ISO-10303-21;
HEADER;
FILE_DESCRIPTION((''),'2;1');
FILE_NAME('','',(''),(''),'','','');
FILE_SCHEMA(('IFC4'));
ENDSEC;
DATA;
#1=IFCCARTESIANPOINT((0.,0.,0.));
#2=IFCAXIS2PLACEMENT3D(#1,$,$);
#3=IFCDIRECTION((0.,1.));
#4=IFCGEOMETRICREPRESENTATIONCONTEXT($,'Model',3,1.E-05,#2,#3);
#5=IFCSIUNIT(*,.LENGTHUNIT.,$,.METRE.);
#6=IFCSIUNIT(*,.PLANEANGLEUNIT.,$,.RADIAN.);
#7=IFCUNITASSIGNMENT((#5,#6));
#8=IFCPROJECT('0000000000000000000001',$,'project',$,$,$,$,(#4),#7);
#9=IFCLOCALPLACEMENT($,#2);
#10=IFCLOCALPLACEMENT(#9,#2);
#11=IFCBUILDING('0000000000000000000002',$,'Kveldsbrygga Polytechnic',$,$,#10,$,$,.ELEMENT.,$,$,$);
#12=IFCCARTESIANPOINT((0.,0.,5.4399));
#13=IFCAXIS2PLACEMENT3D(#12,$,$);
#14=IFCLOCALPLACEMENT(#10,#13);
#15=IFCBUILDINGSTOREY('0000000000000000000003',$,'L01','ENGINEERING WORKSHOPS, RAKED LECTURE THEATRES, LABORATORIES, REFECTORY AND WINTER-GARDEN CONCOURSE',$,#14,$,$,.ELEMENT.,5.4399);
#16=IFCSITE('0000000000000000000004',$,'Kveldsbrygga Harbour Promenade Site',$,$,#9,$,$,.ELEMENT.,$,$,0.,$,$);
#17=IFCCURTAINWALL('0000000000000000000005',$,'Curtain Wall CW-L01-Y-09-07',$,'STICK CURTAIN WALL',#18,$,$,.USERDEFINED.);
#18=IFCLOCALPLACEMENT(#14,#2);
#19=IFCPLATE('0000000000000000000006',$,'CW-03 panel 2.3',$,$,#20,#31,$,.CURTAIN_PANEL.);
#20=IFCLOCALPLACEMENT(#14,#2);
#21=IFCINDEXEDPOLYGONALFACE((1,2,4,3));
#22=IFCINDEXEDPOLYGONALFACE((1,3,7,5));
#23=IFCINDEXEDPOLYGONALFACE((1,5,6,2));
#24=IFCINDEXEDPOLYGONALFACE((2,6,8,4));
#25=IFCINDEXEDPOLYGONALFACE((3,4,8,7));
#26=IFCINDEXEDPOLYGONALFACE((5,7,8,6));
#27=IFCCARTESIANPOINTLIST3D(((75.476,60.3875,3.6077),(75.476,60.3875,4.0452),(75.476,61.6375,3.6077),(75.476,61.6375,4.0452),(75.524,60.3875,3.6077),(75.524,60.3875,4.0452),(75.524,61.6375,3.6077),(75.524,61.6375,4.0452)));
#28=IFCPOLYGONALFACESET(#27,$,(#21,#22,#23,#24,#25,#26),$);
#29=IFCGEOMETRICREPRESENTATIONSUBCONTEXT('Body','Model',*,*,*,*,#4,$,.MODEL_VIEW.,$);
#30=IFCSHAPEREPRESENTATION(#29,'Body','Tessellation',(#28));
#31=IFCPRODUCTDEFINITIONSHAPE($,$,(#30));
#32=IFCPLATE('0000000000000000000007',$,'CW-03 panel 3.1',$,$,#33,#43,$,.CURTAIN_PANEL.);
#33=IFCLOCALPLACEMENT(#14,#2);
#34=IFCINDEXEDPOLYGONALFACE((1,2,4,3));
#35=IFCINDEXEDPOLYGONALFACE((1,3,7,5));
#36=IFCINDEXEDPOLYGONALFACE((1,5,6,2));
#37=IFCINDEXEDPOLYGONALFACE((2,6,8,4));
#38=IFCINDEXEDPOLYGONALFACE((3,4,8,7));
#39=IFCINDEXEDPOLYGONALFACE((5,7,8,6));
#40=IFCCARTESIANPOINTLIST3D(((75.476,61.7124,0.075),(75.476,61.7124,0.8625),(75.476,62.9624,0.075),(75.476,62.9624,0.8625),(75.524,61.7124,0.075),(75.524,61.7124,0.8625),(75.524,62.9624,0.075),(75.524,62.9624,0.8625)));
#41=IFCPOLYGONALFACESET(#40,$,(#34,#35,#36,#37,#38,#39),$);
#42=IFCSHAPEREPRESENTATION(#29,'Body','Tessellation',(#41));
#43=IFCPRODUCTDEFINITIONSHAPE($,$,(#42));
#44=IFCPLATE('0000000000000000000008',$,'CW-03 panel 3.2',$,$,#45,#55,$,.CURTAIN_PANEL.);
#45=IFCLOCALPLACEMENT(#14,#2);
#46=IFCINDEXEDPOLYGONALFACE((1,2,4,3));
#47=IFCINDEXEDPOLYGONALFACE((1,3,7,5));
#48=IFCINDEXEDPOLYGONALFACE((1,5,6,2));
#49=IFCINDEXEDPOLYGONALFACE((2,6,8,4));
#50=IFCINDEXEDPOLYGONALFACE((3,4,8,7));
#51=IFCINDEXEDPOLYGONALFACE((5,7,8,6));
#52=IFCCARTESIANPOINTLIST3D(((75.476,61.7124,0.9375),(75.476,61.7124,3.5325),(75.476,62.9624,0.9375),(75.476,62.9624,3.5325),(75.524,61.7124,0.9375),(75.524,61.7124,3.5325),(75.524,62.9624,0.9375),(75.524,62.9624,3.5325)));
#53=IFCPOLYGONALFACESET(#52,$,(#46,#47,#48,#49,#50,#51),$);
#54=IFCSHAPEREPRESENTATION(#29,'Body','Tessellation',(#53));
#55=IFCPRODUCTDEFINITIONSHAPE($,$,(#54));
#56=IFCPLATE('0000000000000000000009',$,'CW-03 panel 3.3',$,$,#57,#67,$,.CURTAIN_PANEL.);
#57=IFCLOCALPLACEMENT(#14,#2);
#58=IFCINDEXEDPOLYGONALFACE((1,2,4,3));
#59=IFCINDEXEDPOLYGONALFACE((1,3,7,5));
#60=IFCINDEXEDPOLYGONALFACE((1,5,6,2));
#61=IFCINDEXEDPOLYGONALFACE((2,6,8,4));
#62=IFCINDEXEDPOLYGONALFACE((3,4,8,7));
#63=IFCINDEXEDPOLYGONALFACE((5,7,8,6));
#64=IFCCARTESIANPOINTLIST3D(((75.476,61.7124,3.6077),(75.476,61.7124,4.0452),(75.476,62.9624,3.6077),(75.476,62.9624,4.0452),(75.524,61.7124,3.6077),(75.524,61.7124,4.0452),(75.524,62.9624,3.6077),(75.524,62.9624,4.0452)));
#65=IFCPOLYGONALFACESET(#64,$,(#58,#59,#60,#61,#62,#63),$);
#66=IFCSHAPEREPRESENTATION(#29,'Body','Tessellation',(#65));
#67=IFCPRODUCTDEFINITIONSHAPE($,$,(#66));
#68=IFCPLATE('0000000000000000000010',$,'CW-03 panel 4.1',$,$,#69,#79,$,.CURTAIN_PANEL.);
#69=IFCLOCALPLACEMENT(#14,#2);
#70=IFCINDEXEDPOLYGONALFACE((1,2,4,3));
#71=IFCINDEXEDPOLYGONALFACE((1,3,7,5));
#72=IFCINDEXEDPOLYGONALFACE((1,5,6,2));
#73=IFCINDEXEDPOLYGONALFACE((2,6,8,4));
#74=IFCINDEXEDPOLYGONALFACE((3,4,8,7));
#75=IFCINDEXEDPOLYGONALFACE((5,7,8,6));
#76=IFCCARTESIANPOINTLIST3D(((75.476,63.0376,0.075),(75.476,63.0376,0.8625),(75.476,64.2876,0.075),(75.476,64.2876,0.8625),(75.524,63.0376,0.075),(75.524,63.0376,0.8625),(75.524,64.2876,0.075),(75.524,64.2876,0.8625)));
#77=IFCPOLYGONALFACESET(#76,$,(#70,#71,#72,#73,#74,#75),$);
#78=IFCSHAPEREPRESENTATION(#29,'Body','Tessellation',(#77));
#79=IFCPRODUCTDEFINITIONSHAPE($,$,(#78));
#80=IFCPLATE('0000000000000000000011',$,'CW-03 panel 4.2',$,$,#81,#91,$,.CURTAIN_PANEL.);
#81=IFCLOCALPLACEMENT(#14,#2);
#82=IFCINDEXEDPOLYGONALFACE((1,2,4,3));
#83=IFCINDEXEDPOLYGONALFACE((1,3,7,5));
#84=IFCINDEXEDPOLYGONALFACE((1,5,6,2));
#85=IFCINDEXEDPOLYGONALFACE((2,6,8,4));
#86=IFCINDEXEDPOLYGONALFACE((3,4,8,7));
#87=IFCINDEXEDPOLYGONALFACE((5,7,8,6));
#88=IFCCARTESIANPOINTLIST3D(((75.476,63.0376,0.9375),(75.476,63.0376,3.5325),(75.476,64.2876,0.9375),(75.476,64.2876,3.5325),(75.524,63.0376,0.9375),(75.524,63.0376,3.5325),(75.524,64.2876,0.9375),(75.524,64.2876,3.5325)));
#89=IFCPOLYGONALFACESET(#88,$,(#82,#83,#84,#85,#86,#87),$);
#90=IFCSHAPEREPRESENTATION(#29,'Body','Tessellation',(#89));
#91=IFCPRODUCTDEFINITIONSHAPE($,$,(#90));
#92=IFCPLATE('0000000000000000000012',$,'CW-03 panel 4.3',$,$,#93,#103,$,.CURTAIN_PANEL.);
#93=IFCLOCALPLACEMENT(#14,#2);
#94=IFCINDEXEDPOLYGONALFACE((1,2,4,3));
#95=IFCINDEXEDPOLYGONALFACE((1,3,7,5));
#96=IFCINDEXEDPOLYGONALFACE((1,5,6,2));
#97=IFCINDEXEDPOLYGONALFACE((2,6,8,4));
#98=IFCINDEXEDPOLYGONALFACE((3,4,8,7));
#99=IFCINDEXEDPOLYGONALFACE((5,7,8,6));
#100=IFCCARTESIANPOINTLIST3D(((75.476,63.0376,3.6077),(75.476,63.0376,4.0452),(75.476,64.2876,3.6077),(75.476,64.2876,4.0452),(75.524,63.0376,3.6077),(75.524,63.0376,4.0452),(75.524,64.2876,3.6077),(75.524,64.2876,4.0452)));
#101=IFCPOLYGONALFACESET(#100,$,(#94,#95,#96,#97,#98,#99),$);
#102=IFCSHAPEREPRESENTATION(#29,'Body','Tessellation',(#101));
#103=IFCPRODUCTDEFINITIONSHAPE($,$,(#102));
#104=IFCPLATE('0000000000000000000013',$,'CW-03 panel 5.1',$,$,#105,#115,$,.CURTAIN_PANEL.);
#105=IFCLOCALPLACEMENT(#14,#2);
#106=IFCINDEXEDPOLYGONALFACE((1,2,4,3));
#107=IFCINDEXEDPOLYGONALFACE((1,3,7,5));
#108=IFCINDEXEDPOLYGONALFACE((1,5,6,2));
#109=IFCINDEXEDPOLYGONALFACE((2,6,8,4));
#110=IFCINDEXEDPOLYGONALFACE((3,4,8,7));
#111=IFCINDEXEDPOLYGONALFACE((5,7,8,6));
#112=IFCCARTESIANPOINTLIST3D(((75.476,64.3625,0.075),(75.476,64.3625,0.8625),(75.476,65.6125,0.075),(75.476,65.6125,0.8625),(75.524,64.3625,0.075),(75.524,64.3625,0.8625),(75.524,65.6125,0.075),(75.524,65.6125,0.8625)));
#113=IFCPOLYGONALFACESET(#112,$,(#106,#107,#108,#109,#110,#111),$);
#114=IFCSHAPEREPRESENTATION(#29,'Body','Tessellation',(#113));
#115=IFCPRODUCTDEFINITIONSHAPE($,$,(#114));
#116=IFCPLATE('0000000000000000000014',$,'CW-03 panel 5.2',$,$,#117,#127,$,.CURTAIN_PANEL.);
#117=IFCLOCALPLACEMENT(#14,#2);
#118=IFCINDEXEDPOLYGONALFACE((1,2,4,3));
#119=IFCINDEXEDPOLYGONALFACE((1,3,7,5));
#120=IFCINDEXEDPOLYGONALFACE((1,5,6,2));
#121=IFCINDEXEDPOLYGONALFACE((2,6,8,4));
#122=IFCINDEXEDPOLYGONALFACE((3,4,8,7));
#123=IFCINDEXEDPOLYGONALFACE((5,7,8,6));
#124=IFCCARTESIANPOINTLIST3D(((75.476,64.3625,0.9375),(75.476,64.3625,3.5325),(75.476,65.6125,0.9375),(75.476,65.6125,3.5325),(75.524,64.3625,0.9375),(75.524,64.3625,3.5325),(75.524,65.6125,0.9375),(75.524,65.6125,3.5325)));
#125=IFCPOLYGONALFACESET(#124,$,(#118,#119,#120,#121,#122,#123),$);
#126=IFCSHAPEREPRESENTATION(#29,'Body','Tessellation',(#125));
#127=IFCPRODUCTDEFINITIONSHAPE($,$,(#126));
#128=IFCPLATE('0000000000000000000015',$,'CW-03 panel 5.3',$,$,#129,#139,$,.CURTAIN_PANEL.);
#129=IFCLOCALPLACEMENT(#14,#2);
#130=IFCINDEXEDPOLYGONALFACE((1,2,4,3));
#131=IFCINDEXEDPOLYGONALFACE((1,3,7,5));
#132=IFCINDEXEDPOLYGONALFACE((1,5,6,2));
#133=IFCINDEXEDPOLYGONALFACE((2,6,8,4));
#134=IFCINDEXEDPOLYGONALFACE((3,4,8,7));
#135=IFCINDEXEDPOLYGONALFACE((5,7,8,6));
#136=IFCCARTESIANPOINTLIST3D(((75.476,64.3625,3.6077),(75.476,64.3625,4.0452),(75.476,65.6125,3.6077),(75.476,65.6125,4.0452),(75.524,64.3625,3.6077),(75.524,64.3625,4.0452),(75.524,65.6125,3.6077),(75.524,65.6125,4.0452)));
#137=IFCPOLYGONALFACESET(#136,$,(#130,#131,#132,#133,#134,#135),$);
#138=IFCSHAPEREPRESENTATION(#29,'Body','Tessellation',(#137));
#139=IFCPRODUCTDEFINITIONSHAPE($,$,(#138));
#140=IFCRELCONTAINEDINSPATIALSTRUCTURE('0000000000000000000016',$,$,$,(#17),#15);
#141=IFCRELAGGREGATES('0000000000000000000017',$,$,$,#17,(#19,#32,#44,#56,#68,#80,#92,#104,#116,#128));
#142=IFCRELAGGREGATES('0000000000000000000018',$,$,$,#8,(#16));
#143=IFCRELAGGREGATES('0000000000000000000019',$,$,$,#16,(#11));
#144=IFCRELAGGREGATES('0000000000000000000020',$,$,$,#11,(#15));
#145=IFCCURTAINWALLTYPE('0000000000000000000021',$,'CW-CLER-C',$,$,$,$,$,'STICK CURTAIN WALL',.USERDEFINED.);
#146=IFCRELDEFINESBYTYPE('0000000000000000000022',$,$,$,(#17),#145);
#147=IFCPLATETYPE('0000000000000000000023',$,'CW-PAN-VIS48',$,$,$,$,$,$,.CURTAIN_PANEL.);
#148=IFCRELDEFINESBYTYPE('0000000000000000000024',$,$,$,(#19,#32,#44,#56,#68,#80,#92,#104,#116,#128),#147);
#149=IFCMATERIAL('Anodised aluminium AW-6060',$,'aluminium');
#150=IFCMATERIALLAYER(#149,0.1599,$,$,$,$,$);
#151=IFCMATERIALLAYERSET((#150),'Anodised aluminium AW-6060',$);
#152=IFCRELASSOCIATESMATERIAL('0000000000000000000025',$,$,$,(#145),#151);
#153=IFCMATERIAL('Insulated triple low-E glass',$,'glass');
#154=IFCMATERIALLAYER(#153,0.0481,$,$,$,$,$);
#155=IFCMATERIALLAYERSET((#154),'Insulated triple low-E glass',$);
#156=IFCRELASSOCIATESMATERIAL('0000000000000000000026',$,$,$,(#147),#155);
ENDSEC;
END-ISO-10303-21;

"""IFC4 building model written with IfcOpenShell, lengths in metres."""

from ifc_helpers import new_model, si_unit, direction, frame, origin, origin_2d, place, context, subcontext, project, spatial, rectangle, extrude, material, layer, layer_set, type_object, element, aggregate, save


model = new_model("IFC4")

# Units and contexts
model_context = context("Model", 3, precision=1e-05, world=origin(), true_north=direction((0.0, 1.0)))
body_context = subcontext(model_context, "Body", "Model", "MODEL_VIEW")
ifc_project = project(units=[si_unit("LENGTHUNIT", "METRE"), si_unit("PLANEANGLEUNIT", "RADIAN")], contexts=[model_context])

# Site, building, storey
site_placement = place(None, origin())
site = spatial("IfcSite", under=ifc_project, at=site_placement, Name="Kveldsbrygga Harbour Promenade Site", CompositionType="ELEMENT", RefElevation=0.0)
building_placement = place(site_placement, origin())
building = spatial("IfcBuilding", under=site, at=building_placement, Name="Kveldsbrygga Polytechnic", CompositionType="ELEMENT")
storey_placement = place(building_placement, frame((0.0, 0.0, 5.4399)))
storey = spatial("IfcBuildingStorey", under=building, at=storey_placement, Name="L01", Description="ENGINEERING WORKSHOPS, RAKED LECTURE THEATRES, LABORATORIES, REFECTORY AND WINTER-GARDEN CONCOURSE", CompositionType="ELEMENT", Elevation=5.4399)

# Curtain wall, plates
ifc_material_1 = material(Name="Anodised aluminium AW-6060", Category="aluminium")
ifc_layer_1 = layer(ifc_material_1, 0.1599)
ifc_layer_set_1 = layer_set([ifc_layer_1], Name="Anodised aluminium AW-6060")
curtain_wall_type = type_object("IfcCurtainWallType", Name="CW-CLER-C", ElementType="STICK CURTAIN WALL", PredefinedType="USERDEFINED", material=ifc_layer_set_1)
curtain_wall_placement = place(storey_placement, origin())
curtain_wall = element("IfcCurtainWall", 1, at=curtain_wall_placement, inside=storey, type_object=curtain_wall_type, Name="Curtain Wall CW-L01-Y-09-07", ObjectType="STICK CURTAIN WALL", PredefinedType="USERDEFINED")
ifc_material_2 = material(Name="Insulated triple low-E glass", Category="glass")
ifc_layer_2 = layer(ifc_material_2, 0.0481)
ifc_layer_set_2 = layer_set([ifc_layer_2], Name="Insulated triple low-E glass")
plate_type = type_object("IfcPlateType", Name="CW-PAN-VIS48", PredefinedType="CURTAIN_PANEL", material=ifc_layer_set_2)
plate_1_placement = place(storey_placement, frame((75.5, 61.0125, 3.6077), z_axis=(0.0, 0.0, 1.0), x_axis=(0.0, 1.0, 0.0)))
plate_1 = element("IfcPlate", 2, at=plate_1_placement, type_object=plate_type, Name="CW-03 panel 2.3", PredefinedType="CURTAIN_PANEL", context=body_context, shape_type="SweptSolid", body=[
    extrude(rectangle(XDim=1.25, YDim=0.0481, at=origin_2d()), origin(), (0.0, 0.0, 1.0), 0.4375),
])
plate_2_placement = place(storey_placement, frame((75.5, 62.3374, 0.075), z_axis=(0.0, 0.0, 1.0), x_axis=(0.0, 1.0, 0.0)))
plate_2 = element("IfcPlate", 3, at=plate_2_placement, type_object=plate_type, Name="CW-03 panel 3.1", PredefinedType="CURTAIN_PANEL", context=body_context, shape_type="SweptSolid", body=[
    extrude(rectangle(XDim=1.25, YDim=0.0481, at=origin_2d()), origin(), (0.0, 0.0, 1.0), 0.7876),
])
plate_3_placement = place(storey_placement, frame((75.5, 62.3374, 0.9375), z_axis=(0.0, 0.0, 1.0), x_axis=(0.0, 1.0, 0.0)))
plate_3 = element("IfcPlate", 4, at=plate_3_placement, type_object=plate_type, Name="CW-03 panel 3.2", PredefinedType="CURTAIN_PANEL", context=body_context, shape_type="SweptSolid", body=[
    extrude(rectangle(XDim=1.25, YDim=0.0481, at=origin_2d()), origin(), (0.0, 0.0, 1.0), 2.595),
])
plate_4_placement = place(storey_placement, frame((75.5, 62.3374, 3.6077), z_axis=(0.0, 0.0, 1.0), x_axis=(0.0, 1.0, 0.0)))
plate_4 = element("IfcPlate", 5, at=plate_4_placement, type_object=plate_type, Name="CW-03 panel 3.3", PredefinedType="CURTAIN_PANEL", context=body_context, shape_type="SweptSolid", body=[
    extrude(rectangle(XDim=1.25, YDim=0.0481, at=origin_2d()), origin(), (0.0, 0.0, 1.0), 0.4375),
])
plate_5_placement = place(storey_placement, frame((75.5, 63.6626, 0.075), z_axis=(0.0, 0.0, 1.0), x_axis=(0.0, 1.0, 0.0)))
plate_5 = element("IfcPlate", 6, at=plate_5_placement, type_object=plate_type, Name="CW-03 panel 4.1", PredefinedType="CURTAIN_PANEL", context=body_context, shape_type="SweptSolid", body=[
    extrude(rectangle(XDim=1.25, YDim=0.0481, at=origin_2d()), origin(), (0.0, 0.0, 1.0), 0.7876),
])
plate_6_placement = place(storey_placement, frame((75.5, 63.6626, 0.9375), z_axis=(0.0, 0.0, 1.0), x_axis=(0.0, 1.0, 0.0)))
plate_6 = element("IfcPlate", 7, at=plate_6_placement, type_object=plate_type, Name="CW-03 panel 4.2", PredefinedType="CURTAIN_PANEL", context=body_context, shape_type="SweptSolid", body=[
    extrude(rectangle(XDim=1.25, YDim=0.0481, at=origin_2d()), origin(), (0.0, 0.0, 1.0), 2.595),
])
plate_7_placement = place(storey_placement, frame((75.5, 63.6626, 3.6077), z_axis=(0.0, 0.0, 1.0), x_axis=(0.0, 1.0, 0.0)))
plate_7 = element("IfcPlate", 8, at=plate_7_placement, type_object=plate_type, Name="CW-03 panel 4.3", PredefinedType="CURTAIN_PANEL", context=body_context, shape_type="SweptSolid", body=[
    extrude(rectangle(XDim=1.25, YDim=0.0481, at=origin_2d()), origin(), (0.0, 0.0, 1.0), 0.4375),
])
plate_8_placement = place(storey_placement, frame((75.5, 64.9875, 0.075), z_axis=(0.0, 0.0, 1.0), x_axis=(0.0, 1.0, 0.0)))
plate_8 = element("IfcPlate", 9, at=plate_8_placement, type_object=plate_type, Name="CW-03 panel 5.1", PredefinedType="CURTAIN_PANEL", context=body_context, shape_type="SweptSolid", body=[
    extrude(rectangle(XDim=1.25, YDim=0.0481, at=origin_2d()), origin(), (0.0, 0.0, 1.0), 0.7876),
])
plate_9_placement = place(storey_placement, frame((75.5, 64.9875, 0.9375), z_axis=(0.0, 0.0, 1.0), x_axis=(0.0, 1.0, 0.0)))
plate_9 = element("IfcPlate", 10, at=plate_9_placement, type_object=plate_type, Name="CW-03 panel 5.2", PredefinedType="CURTAIN_PANEL", context=body_context, shape_type="SweptSolid", body=[
    extrude(rectangle(XDim=1.25, YDim=0.0481, at=origin_2d()), origin(), (0.0, 0.0, 1.0), 2.595),
])
plate_10_placement = place(storey_placement, frame((75.5, 64.9875, 3.6077), z_axis=(0.0, 0.0, 1.0), x_axis=(0.0, 1.0, 0.0)))
plate_10 = element("IfcPlate", 11, at=plate_10_placement, type_object=plate_type, Name="CW-03 panel 5.3", PredefinedType="CURTAIN_PANEL", context=body_context, shape_type="SweptSolid", body=[
    extrude(rectangle(XDim=1.25, YDim=0.0481, at=origin_2d()), origin(), (0.0, 0.0, 1.0), 0.4375),
])
aggregate(curtain_wall, [plate_1, plate_2, plate_3, plate_4, plate_5, plate_6, plate_7, plate_8, plate_9, plate_10])

save(model, "model.ifc")
